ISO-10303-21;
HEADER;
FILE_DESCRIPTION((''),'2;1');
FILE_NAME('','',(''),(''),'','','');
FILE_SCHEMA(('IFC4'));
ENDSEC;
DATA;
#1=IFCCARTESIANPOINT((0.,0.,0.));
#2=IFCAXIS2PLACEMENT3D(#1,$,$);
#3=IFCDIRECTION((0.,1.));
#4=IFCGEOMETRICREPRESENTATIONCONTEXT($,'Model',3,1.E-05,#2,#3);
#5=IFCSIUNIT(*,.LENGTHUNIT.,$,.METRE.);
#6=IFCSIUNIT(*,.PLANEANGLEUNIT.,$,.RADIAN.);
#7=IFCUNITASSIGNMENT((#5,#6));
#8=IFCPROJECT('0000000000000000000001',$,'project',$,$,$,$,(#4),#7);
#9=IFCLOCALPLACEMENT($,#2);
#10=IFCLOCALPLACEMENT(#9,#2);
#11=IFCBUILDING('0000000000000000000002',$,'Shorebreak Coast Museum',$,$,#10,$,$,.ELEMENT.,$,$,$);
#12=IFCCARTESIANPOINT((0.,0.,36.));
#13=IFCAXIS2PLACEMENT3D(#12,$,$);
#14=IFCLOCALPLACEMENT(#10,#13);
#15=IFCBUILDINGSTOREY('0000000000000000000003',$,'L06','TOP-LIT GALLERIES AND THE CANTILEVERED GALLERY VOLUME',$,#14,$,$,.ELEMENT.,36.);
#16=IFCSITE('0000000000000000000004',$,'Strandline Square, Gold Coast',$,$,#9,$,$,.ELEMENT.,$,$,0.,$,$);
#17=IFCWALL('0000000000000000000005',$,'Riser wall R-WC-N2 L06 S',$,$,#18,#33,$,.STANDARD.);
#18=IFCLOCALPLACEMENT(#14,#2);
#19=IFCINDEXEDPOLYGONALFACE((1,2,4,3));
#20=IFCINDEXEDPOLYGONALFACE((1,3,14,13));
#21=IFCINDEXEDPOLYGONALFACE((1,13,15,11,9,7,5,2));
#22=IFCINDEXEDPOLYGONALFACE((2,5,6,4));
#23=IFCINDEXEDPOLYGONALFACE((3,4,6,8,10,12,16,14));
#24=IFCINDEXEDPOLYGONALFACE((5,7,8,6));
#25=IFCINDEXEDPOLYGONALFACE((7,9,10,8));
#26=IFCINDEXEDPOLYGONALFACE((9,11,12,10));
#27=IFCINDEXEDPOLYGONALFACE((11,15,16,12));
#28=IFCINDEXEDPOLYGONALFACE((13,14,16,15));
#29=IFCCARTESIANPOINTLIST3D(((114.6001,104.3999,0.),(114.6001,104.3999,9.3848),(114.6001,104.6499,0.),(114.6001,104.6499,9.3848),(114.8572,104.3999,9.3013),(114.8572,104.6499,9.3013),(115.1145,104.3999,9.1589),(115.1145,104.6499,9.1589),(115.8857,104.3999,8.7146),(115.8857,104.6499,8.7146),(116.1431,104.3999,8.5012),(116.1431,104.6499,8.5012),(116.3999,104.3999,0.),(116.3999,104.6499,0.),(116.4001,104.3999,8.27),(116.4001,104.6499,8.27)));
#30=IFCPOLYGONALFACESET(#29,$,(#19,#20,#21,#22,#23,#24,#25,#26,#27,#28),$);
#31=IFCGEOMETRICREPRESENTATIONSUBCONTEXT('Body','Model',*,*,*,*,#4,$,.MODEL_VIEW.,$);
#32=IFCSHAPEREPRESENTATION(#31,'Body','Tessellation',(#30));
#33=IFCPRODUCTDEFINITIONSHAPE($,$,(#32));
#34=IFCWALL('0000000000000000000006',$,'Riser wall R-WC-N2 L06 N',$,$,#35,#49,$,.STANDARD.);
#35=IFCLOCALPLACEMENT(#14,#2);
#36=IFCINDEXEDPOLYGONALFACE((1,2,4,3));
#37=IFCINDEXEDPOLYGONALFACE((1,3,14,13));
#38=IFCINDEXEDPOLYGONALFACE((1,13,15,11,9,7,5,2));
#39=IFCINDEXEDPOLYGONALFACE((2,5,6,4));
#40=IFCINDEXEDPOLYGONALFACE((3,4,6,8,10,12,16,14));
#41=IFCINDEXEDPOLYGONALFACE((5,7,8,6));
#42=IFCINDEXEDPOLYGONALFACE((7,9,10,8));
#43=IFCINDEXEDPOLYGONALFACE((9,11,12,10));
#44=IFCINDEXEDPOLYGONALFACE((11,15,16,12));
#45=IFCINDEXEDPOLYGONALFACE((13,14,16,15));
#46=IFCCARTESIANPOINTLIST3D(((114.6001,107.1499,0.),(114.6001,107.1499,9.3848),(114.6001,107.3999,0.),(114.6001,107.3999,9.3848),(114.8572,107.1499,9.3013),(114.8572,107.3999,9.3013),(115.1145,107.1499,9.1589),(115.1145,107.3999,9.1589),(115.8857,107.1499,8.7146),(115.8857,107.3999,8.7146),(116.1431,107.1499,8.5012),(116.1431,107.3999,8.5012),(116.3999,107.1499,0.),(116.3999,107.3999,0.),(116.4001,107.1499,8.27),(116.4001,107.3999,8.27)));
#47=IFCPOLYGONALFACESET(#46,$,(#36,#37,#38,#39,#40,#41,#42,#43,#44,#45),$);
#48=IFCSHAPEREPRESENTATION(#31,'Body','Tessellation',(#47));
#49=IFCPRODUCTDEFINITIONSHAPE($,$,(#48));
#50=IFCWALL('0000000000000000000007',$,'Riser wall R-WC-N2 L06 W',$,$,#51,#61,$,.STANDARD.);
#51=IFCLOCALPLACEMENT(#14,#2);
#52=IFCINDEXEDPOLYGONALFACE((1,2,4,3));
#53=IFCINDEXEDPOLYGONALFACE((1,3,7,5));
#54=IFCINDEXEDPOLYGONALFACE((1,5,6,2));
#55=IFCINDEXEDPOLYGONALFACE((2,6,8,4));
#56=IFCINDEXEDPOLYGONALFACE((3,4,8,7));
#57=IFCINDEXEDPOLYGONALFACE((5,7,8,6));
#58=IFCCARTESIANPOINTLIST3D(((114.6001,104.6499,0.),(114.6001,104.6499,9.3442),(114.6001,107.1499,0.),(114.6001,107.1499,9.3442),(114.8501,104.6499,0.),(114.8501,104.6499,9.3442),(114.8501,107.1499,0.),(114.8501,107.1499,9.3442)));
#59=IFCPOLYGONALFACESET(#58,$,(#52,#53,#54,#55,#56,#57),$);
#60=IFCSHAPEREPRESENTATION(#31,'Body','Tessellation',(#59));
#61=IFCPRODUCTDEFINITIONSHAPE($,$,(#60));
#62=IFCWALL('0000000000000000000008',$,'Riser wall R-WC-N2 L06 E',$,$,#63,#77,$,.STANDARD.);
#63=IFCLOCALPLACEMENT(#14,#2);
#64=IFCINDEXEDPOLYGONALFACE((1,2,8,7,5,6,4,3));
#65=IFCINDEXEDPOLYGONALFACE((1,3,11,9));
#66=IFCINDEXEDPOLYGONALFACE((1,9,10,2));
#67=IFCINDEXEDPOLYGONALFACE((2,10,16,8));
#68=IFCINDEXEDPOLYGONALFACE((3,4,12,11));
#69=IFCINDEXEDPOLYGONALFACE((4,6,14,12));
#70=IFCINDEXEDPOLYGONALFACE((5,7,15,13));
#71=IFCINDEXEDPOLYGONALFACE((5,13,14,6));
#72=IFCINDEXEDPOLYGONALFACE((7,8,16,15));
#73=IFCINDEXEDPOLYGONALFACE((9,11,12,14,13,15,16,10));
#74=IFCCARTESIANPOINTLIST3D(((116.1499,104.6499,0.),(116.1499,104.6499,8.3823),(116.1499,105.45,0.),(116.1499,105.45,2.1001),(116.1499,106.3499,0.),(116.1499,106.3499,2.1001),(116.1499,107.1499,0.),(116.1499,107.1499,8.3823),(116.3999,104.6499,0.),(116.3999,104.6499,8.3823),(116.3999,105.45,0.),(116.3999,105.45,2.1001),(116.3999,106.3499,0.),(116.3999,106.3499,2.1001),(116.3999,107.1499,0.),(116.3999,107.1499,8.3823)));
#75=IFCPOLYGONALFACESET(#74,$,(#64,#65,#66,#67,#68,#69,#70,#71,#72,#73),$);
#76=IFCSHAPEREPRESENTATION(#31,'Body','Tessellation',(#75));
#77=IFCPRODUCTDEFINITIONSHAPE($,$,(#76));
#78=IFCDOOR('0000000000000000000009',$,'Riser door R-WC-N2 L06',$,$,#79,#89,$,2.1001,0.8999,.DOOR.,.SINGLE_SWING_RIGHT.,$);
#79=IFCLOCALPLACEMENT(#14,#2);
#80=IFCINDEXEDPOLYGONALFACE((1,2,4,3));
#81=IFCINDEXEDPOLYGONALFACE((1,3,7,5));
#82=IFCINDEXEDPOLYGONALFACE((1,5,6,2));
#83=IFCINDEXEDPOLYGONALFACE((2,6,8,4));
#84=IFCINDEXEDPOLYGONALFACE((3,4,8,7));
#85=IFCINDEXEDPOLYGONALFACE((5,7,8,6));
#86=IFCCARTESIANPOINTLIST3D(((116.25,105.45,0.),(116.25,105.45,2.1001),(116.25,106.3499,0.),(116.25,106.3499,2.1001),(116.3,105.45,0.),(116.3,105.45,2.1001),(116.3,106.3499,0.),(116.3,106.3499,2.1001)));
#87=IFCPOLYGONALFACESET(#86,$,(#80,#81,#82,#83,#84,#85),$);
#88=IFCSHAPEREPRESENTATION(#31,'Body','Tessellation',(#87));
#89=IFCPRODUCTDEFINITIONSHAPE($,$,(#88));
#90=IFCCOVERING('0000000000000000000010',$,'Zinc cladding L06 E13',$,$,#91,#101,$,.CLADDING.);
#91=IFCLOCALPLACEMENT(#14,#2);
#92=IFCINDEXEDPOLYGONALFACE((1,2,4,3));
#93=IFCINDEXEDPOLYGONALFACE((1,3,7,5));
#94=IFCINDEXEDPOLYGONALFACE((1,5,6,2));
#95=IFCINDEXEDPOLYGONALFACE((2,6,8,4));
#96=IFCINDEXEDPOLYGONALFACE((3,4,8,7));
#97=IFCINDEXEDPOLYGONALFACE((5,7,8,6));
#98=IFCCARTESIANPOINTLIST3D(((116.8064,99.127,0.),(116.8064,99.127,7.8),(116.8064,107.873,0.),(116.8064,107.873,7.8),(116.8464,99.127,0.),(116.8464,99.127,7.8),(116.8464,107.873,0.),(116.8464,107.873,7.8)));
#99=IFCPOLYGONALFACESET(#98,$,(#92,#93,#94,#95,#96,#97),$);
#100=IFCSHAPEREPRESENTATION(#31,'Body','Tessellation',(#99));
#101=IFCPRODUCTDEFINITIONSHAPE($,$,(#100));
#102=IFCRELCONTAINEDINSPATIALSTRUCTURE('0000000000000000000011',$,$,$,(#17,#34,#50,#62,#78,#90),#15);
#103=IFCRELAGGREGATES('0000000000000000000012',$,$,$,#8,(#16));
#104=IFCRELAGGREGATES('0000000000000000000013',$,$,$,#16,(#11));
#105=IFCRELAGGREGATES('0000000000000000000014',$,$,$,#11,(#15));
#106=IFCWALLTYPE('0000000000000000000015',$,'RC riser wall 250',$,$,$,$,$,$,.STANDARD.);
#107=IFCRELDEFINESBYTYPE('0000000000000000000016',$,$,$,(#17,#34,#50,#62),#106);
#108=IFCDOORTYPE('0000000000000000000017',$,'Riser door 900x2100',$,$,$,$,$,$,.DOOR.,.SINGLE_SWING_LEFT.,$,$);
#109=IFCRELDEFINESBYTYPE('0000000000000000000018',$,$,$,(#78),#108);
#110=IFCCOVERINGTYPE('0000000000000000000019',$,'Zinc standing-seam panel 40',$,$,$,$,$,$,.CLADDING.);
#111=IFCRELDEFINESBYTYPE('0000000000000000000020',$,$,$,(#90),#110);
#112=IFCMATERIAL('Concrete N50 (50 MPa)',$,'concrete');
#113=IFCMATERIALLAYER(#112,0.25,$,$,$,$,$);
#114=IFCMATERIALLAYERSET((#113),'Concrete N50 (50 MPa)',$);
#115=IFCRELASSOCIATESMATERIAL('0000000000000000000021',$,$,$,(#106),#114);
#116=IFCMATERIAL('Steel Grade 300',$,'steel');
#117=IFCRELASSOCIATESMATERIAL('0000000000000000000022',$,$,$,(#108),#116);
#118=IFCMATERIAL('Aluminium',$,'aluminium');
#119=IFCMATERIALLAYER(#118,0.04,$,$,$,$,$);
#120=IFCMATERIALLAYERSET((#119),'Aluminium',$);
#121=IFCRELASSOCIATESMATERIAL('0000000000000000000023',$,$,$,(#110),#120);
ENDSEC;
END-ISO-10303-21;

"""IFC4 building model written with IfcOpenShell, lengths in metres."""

from ifc_helpers import new_model, si_unit, direction, frame, frame_2d, origin, origin_2d, place, context, subcontext, project, spatial, polyline, rectangle, outline, extrude, material, layer, layer_set, type_object, element, fill, save


model = new_model("IFC4")

# Units and contexts
model_context = context("Model", 3, precision=1e-05, world=origin(), true_north=direction((0.0, 1.0)))
body_context = subcontext(model_context, "Body", "Model", "MODEL_VIEW")
ifc_project = project(units=[si_unit("LENGTHUNIT", "METRE"), si_unit("PLANEANGLEUNIT", "RADIAN")], contexts=[model_context])

# Site, building, storey
site_placement = place(None, origin())
site = spatial("IfcSite", under=ifc_project, at=site_placement, Name="Strandline Square, Gold Coast", CompositionType="ELEMENT", RefElevation=0.0)
building_placement = place(site_placement, origin())
building = spatial("IfcBuilding", under=site, at=building_placement, Name="Shorebreak Coast Museum", CompositionType="ELEMENT")
storey_placement = place(building_placement, frame((0.0, 0.0, 36.0)))
storey = spatial("IfcBuildingStorey", under=building, at=storey_placement, Name="L06", Description="TOP-LIT GALLERIES AND THE CANTILEVERED GALLERY VOLUME", CompositionType="ELEMENT", Elevation=36.0)

# Walls
ifc_material_1 = material(Name="Concrete N50 (50 MPa)", Category="concrete")
ifc_layer_1 = layer(ifc_material_1, 0.25)
ifc_layer_set_1 = layer_set([ifc_layer_1], Name="Concrete N50 (50 MPa)")
wall_type_1 = type_object("IfcWallType", Name="RC riser wall 250", PredefinedType="STANDARD", material=ifc_layer_set_1)
for number, where, z_axis, x_axis, name in (
    (1, (114.6001, 104.5249, 0.0), (0.0, 0.0, 1.0), (1.0, 0.0, 0.0), "Riser wall R-WC-N2 L06 S"),
    (2, (114.6001, 107.2749, 0.0), (0.0, 0.0, 1.0), (1.0, 0.0, 0.0), "Riser wall R-WC-N2 L06 N"),
):
    element("IfcWall", number, at=place(storey_placement, frame(where, z_axis=z_axis, x_axis=x_axis)), inside=storey, type_object=wall_type_1, Name=name, PredefinedType="STANDARD", context=body_context, shape_type="SweptSolid", body=[
        extrude(outline(polyline([(0.0, 0.0), (1.7998, 0.0), (1.8, 8.27), (1.543, 8.5012), (1.2856, 8.7146), (0.5144, 9.1589), (0.2571, 9.3013), (0.0, 9.3848), (0.0, 0.0)])), frame((0.0, 0.125, 0.0), z_axis=(0.0, -1.0, 0.0), x_axis=(1.0, 0.0, 0.0)), (0.0, 0.0, 1.0), 0.25),
    ])
wall_1_placement = place(storey_placement, frame((114.7251, 104.6499, 0.0), z_axis=(0.0, 0.0, 1.0), x_axis=(0.0, 1.0, 0.0)))
element("IfcWall", 3, at=wall_1_placement, inside=storey, type_object=wall_type_1, Name="Riser wall R-WC-N2 L06 W", PredefinedType="STANDARD", context=body_context, shape_type="SweptSolid", body=[
    extrude(rectangle(XDim=2.5, YDim=0.25, at=frame_2d((1.25, 0.0))), origin(), (0.0, 0.0, 1.0), 9.3442),
])

# Wall, opening, door
wall_2_placement = place(storey_placement, frame((116.2749, 104.6499, 0.0), z_axis=(0.0, 0.0, 1.0), x_axis=(0.0, 1.0, 0.0)))
wall_2 = element("IfcWall", 4, at=wall_2_placement, inside=storey, type_object=wall_type_1, Name="Riser wall R-WC-N2 L06 E", PredefinedType="STANDARD", context=body_context, shape_type="SweptSolid", body=[
    extrude(rectangle(XDim=2.5, YDim=0.25, at=frame_2d((1.25, 0.0))), origin(), (0.0, 0.0, 1.0), 8.3823),
])
opening_1_placement = place(wall_2_placement, frame((0.8, 0.0, 0.0)))
opening_1 = element("IfcOpeningElement", 5, at=opening_1_placement, cuts=wall_2, PredefinedType="OPENING", context=body_context, shape_type="SweptSolid", body=[
    extrude(rectangle(XDim=0.8999, YDim=2.1001, at=frame_2d((0.45, 1.05))), frame((0.0, 0.135, 0.0), z_axis=(0.0, -1.0, 0.0), x_axis=(1.0, 0.0, 0.0)), (0.0, 0.0, 1.0), 0.27),
])
ifc_material_2 = material(Name="Steel Grade 300", Category="steel")
door_type_1 = type_object("IfcDoorType", Name="Riser door 900x2100", OperationType="SINGLE_SWING_LEFT", PredefinedType="DOOR", material=ifc_material_2)
door_1_placement = place(opening_1_placement, origin())
door_1 = element("IfcDoor", 6, at=door_1_placement, inside=storey, type_object=door_type_1, Name="Riser door R-WC-N2 L06", OperationType="SINGLE_SWING_RIGHT", OverallHeight=2.1001, OverallWidth=0.8999, PredefinedType="DOOR", context=body_context, shape_type="SweptSolid", body=[
    extrude(rectangle(XDim=0.8999, YDim=2.1001, at=frame_2d((0.45, 1.05))), frame((0.0, 0.0249, 0.0), z_axis=(0.0, -1.0, 0.0), x_axis=(1.0, 0.0, 0.0)), (0.0, 0.0, 1.0), 0.05),
])
fill(opening_1, door_1)

# Covering
ifc_material_3 = material(Name="Aluminium", Category="aluminium")
ifc_layer_2 = layer(ifc_material_3, 0.04)
ifc_layer_set_2 = layer_set([ifc_layer_2], Name="Aluminium")
covering_type = type_object("IfcCoveringType", Name="Zinc standing-seam panel 40", PredefinedType="CLADDING", material=ifc_layer_set_2)
covering_placement = place(storey_placement, frame((116.8264, 103.5, 0.0), z_axis=(0.0, 0.0, 1.0), x_axis=(1.0, 0.0, 0.0)))
element("IfcCovering", 7, at=covering_placement, inside=storey, type_object=covering_type, Name="Zinc cladding L06 E13", PredefinedType="CLADDING", context=body_context, shape_type="SweptSolid", body=[
    extrude(rectangle(XDim=0.04, YDim=8.7461, at=origin_2d()), origin(), (0.0, 0.0, 1.0), 7.8),
])

save(model, "model.ifc")
